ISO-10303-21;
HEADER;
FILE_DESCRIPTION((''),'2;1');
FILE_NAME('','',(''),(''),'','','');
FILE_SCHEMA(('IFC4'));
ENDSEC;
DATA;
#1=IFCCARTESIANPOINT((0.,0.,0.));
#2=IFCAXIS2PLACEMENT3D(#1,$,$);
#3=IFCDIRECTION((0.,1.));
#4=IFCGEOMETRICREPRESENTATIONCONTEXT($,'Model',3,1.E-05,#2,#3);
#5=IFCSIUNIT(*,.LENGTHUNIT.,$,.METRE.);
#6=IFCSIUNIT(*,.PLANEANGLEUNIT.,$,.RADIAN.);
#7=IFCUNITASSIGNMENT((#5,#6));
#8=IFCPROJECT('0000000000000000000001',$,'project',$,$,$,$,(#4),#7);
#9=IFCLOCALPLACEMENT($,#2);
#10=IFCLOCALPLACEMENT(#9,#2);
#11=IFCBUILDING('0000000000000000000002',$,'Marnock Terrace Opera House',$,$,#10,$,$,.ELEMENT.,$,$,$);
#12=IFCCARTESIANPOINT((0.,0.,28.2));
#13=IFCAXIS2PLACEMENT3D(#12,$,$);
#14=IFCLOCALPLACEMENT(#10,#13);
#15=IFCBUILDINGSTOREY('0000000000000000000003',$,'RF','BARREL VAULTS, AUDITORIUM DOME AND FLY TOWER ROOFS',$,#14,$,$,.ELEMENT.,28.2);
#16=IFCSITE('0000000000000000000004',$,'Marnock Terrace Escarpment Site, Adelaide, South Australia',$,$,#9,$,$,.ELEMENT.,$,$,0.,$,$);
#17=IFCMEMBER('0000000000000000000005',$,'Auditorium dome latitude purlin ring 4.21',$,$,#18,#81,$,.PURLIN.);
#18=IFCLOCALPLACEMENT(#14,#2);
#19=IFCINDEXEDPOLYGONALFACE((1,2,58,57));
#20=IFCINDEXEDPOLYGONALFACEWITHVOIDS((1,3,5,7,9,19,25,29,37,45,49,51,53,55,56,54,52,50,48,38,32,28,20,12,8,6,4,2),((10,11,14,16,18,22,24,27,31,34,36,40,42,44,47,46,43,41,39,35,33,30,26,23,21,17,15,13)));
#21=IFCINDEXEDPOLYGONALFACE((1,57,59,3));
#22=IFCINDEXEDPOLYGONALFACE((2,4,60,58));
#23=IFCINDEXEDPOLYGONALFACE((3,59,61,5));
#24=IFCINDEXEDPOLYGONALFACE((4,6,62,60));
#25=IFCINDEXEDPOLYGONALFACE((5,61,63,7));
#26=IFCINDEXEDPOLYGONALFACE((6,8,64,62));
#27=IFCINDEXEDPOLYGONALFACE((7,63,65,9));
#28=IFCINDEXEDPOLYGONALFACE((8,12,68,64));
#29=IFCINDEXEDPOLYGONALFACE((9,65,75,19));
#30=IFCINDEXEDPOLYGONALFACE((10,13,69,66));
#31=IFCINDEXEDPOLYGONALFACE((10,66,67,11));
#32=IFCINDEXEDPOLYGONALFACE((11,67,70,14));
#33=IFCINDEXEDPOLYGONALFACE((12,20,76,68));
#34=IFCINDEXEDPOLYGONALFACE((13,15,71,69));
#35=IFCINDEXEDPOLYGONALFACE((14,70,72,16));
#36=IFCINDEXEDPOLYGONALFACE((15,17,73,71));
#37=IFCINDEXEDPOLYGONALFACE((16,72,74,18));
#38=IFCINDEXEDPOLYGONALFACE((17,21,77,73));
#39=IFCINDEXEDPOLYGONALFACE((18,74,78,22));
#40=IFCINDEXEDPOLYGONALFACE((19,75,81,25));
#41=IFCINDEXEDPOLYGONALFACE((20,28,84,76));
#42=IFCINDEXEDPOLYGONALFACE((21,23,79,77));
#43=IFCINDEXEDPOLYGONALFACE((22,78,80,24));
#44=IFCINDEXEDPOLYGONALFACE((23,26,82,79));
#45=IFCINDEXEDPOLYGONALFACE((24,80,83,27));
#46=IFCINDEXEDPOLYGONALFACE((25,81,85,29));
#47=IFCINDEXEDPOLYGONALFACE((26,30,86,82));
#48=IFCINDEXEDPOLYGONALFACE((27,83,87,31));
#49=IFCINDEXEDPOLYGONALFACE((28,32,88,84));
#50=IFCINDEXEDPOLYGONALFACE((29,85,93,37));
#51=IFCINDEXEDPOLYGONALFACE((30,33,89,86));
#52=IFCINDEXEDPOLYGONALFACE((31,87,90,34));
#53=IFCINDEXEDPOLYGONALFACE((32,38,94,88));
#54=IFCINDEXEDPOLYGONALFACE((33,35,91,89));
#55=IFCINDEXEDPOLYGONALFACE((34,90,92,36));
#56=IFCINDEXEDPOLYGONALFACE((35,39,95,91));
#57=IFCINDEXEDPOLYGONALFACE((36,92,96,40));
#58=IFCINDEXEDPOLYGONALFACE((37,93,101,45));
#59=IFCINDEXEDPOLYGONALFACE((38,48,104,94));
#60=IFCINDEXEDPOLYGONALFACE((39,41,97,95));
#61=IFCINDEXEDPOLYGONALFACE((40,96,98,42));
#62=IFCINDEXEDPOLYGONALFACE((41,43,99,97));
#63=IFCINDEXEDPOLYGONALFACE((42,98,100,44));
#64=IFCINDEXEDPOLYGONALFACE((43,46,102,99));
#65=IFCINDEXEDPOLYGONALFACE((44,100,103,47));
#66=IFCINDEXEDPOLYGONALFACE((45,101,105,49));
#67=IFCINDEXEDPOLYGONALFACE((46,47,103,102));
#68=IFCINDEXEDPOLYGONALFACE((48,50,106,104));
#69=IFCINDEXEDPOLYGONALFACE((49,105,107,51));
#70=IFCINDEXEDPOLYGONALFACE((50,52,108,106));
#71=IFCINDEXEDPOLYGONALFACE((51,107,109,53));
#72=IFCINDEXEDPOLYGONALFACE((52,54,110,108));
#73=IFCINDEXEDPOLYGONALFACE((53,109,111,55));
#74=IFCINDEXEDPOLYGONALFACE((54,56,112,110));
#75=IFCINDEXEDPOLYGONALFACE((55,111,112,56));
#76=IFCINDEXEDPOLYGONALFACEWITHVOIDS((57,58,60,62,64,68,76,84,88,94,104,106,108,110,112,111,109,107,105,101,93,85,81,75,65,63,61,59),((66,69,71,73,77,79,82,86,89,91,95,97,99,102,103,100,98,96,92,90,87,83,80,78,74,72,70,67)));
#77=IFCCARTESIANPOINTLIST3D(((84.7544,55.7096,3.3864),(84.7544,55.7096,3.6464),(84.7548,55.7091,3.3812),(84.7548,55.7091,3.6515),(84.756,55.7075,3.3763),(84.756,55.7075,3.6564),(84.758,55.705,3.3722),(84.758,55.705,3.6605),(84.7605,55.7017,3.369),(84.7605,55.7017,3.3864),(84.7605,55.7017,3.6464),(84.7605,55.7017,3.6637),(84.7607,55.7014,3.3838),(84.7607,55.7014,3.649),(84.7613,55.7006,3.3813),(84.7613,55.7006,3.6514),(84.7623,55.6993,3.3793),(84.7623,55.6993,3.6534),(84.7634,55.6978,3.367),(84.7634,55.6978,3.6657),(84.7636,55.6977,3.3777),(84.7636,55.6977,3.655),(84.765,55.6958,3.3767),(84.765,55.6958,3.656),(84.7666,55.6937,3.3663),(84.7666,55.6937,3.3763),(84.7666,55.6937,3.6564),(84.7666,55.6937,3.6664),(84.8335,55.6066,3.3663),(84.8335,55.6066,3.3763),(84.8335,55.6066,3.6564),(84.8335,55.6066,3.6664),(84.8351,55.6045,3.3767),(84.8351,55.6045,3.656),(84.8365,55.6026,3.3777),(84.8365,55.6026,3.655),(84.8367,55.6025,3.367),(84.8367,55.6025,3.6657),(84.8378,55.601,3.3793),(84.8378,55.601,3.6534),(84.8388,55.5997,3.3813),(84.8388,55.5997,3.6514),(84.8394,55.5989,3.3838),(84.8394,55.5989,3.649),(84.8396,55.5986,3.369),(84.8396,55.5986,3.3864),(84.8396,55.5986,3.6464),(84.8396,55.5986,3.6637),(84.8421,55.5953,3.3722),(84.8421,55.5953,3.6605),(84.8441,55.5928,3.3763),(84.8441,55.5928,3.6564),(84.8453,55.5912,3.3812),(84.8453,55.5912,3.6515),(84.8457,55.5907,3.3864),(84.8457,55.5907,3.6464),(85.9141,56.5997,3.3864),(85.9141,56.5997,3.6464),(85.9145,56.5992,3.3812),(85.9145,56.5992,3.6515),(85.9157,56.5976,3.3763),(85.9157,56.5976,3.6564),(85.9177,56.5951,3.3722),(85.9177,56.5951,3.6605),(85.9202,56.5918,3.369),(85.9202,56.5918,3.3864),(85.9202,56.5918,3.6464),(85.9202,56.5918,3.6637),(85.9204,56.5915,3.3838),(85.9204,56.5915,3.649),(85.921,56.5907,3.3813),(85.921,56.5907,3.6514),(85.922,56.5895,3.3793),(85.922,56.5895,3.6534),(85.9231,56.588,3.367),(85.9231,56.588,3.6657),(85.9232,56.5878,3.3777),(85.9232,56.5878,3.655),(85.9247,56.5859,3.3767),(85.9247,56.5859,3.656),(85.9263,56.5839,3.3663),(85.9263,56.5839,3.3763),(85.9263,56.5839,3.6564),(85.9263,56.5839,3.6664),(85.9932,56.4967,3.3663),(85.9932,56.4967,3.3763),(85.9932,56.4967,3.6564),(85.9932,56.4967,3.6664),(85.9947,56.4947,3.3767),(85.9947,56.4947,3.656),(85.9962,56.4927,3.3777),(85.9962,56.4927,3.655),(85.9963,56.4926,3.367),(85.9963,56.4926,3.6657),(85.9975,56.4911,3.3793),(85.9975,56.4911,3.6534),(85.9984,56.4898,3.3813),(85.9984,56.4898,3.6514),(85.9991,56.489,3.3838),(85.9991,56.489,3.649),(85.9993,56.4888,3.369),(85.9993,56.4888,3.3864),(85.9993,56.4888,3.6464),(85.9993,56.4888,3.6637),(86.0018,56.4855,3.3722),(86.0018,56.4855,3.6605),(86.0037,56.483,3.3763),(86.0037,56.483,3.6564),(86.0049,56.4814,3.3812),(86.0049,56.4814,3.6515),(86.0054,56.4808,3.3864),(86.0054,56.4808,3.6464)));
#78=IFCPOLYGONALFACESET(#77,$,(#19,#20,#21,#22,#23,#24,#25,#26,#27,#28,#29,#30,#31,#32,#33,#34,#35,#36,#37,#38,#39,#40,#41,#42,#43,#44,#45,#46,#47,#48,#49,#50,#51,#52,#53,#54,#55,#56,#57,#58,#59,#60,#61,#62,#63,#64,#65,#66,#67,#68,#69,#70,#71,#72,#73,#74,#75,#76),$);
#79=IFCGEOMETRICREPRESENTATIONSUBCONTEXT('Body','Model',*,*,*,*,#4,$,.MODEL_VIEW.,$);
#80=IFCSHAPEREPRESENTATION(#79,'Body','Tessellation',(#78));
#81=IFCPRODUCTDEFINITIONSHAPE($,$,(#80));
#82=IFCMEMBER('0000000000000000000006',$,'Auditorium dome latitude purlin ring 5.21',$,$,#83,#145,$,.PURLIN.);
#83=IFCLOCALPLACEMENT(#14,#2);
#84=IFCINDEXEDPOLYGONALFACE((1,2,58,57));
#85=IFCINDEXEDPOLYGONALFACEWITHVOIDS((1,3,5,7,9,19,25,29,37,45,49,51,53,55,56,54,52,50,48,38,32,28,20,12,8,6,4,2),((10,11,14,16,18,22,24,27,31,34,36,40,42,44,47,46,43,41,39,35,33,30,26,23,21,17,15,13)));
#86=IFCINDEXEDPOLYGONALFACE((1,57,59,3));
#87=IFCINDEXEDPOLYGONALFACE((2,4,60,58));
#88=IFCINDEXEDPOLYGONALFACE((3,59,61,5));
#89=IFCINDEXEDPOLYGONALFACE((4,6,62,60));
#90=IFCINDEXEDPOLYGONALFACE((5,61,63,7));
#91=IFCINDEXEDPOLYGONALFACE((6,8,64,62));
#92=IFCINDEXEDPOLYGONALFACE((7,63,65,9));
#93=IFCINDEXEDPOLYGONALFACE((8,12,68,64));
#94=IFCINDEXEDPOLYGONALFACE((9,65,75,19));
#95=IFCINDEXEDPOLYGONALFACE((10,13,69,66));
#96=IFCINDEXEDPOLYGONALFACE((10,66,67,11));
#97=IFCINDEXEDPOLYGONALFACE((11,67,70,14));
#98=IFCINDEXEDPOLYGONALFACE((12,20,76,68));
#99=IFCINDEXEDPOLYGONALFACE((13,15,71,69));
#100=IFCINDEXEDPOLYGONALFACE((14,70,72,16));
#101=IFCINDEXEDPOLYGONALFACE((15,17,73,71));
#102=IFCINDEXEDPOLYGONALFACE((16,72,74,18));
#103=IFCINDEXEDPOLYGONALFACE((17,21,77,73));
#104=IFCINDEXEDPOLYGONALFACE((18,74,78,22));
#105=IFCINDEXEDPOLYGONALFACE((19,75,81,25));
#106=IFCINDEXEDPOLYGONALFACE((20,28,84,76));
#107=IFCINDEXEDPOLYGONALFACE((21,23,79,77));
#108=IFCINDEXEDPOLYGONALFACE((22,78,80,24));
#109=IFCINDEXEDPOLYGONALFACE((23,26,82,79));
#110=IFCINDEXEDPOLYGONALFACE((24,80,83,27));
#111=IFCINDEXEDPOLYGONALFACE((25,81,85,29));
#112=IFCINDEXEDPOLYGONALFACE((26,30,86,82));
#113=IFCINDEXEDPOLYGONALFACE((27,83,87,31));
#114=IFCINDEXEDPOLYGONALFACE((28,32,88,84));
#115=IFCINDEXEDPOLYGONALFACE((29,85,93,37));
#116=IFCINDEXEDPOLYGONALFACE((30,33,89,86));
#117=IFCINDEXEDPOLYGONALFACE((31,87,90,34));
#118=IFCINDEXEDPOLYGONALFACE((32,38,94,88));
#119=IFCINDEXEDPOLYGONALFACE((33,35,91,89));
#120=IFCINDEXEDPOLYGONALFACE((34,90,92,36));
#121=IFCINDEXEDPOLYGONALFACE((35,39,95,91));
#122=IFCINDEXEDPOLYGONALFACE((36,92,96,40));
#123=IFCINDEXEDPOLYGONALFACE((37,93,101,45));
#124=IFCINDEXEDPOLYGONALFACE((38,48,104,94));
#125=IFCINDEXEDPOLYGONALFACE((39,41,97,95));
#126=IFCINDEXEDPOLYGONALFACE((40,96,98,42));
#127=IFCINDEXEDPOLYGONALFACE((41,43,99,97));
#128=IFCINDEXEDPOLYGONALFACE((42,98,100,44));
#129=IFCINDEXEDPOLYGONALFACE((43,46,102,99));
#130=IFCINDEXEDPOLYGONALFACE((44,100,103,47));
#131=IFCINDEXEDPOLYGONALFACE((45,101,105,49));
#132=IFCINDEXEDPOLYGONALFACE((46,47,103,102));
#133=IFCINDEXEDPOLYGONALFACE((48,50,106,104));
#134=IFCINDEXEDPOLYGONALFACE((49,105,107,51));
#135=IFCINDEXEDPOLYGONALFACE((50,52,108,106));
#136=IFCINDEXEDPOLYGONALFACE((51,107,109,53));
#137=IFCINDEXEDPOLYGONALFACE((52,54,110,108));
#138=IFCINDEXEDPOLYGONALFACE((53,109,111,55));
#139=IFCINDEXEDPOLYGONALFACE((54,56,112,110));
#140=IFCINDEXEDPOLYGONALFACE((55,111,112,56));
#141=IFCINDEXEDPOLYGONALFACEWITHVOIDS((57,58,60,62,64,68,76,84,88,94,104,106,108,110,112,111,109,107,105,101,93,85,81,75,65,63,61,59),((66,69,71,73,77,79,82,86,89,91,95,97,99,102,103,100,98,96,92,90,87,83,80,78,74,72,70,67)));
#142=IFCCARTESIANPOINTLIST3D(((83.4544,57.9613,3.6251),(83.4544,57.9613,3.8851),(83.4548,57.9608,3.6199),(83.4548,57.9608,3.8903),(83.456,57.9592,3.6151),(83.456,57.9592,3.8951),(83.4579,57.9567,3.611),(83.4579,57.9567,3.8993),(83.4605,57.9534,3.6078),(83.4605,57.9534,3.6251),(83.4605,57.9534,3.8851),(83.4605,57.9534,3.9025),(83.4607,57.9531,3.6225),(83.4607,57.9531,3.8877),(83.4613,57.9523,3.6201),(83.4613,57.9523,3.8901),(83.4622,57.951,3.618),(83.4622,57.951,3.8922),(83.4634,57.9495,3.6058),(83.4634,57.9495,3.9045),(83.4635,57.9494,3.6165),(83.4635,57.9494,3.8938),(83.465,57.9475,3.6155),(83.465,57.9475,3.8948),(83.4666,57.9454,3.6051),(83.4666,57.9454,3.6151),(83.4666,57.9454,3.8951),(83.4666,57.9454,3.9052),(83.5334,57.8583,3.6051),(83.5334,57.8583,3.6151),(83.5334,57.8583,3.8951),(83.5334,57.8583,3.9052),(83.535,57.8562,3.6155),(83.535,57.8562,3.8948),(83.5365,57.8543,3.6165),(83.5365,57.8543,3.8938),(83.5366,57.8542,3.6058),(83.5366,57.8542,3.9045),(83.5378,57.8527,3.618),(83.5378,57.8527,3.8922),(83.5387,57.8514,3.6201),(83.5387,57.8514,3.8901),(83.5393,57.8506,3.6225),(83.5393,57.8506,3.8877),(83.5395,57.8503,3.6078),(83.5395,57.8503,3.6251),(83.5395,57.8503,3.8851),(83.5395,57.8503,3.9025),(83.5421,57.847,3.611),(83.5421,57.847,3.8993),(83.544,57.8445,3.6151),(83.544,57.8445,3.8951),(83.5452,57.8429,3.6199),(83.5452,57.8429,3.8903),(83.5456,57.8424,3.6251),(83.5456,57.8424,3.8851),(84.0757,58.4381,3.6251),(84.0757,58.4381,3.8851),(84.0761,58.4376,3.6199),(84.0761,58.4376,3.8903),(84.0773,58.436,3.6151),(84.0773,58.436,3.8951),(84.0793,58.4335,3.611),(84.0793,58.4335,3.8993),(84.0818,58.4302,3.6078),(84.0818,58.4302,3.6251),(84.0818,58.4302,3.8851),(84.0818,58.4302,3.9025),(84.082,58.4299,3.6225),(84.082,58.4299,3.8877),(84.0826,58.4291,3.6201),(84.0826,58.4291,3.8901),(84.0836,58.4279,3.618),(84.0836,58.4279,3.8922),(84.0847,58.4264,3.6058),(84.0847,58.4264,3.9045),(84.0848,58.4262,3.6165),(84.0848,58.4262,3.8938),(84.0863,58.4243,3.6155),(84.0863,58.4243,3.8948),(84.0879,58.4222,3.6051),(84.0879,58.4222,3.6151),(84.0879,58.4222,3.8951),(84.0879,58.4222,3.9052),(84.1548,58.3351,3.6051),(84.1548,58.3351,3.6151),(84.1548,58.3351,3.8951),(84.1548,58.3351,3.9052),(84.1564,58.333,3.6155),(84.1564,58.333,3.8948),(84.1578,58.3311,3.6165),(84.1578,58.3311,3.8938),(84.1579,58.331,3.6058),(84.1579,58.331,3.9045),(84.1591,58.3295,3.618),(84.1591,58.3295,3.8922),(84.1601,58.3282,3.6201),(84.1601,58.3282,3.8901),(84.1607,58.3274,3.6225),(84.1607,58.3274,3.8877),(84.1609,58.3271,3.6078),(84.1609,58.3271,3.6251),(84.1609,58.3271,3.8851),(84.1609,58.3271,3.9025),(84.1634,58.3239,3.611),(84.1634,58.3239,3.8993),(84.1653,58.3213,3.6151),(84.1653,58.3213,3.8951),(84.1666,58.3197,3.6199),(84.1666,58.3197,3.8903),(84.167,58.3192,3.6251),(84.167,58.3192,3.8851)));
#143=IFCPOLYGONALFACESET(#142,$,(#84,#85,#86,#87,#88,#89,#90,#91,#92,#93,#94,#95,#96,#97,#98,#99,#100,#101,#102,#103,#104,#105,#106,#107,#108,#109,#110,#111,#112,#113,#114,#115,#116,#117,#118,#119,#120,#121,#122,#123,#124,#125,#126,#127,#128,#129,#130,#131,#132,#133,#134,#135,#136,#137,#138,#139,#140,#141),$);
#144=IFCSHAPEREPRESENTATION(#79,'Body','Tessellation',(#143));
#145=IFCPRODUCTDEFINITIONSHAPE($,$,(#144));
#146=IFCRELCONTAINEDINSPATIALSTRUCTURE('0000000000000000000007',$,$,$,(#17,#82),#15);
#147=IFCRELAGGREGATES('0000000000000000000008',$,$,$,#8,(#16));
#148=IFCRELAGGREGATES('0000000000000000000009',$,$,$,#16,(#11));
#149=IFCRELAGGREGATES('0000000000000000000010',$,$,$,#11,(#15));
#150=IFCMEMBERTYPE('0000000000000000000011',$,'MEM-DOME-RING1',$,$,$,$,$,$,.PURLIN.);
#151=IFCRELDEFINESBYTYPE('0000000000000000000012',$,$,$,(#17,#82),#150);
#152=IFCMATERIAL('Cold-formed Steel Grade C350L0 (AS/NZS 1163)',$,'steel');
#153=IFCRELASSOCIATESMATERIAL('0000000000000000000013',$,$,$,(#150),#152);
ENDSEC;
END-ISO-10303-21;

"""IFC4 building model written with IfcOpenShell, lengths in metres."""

from ifc_helpers import new_model, si_unit, direction, frame, origin, origin_2d, place, context, subcontext, project, spatial, hollow_rectangle, extrude, material, material_profile, profile_set, type_object, element, save


model = new_model("IFC4")

# Units and contexts
model_context = context("Model", 3, precision=1e-05, world=origin(), true_north=direction((0.0, 1.0)))
body_context = subcontext(model_context, "Body", "Model", "MODEL_VIEW")
ifc_project = project(units=[si_unit("LENGTHUNIT", "METRE"), si_unit("PLANEANGLEUNIT", "RADIAN")], contexts=[model_context])

# Site, building, storey
site_placement = place(None, origin())
site = spatial("IfcSite", under=ifc_project, at=site_placement, Name="Marnock Terrace Escarpment Site, Adelaide, South Australia", CompositionType="ELEMENT", RefElevation=0.0)
building_placement = place(site_placement, origin())
building = spatial("IfcBuilding", under=site, at=building_placement, Name="Marnock Terrace Opera House", CompositionType="ELEMENT")
storey_placement = place(building_placement, frame((0.0, 0.0, 28.2)))
storey = spatial("IfcBuildingStorey", under=building, at=storey_placement, Name="RF", Description="BARREL VAULTS, AUDITORIUM DOME AND FLY TOWER ROOFS", CompositionType="ELEMENT", Elevation=28.2)

# Members
ifc_material_1 = material(Name="Cold-formed Steel Grade C350L0 (AS/NZS 1163)", Category="steel")
ifc_material_profile_1 = material_profile(ifc_material_1, hollow_rectangle(XDim=0.1499, YDim=0.3, WallThickness=0.01, InnerFilletRadius=0.01, OuterFilletRadius=0.02, at=origin_2d()))
ifc_profile_set_1 = profile_set([ifc_material_profile_1], Name="Cold-formed Steel Grade C350L0 (AS/NZS 1163)")
member_type_1 = type_object("IfcMemberType", Name="MEM-DOME-RING1", PredefinedType="PURLIN", material=ifc_profile_set_1)
member_1_placement = place(storey_placement, frame((84.8, 55.6501, 3.5164), z_axis=(0.793257, 0.608887, 0.0), x_axis=(-0.608887, 0.793257, 0.0)))
element("IfcMember", 1, at=member_1_placement, inside=storey, type_object=member_type_1, Name="Auditorium dome latitude purlin ring 4.21", PredefinedType="PURLIN", context=body_context, shape_type="SweptSolid", body=[
    extrude(hollow_rectangle(XDim=0.1499, YDim=0.3, WallThickness=0.01, InnerFilletRadius=0.01, OuterFilletRadius=0.02, at=origin_2d()), origin(), (0.0, 0.0, 1.0), 1.4619),
])
member_2_placement = place(storey_placement, frame((83.5, 57.9019, 3.7551), z_axis=(0.79333, 0.608791, 0.0), x_axis=(-0.608791, 0.79333, 0.0)))
element("IfcMember", 2, at=member_2_placement, inside=storey, type_object=member_type_1, Name="Auditorium dome latitude purlin ring 5.21", PredefinedType="PURLIN", context=body_context, shape_type="SweptSolid", body=[
    extrude(hollow_rectangle(XDim=0.1499, YDim=0.3, WallThickness=0.01, InnerFilletRadius=0.01, OuterFilletRadius=0.02, at=origin_2d()), origin(), (0.0, 0.0, 1.0), 0.7832),
])

save(model, "model.ifc")
